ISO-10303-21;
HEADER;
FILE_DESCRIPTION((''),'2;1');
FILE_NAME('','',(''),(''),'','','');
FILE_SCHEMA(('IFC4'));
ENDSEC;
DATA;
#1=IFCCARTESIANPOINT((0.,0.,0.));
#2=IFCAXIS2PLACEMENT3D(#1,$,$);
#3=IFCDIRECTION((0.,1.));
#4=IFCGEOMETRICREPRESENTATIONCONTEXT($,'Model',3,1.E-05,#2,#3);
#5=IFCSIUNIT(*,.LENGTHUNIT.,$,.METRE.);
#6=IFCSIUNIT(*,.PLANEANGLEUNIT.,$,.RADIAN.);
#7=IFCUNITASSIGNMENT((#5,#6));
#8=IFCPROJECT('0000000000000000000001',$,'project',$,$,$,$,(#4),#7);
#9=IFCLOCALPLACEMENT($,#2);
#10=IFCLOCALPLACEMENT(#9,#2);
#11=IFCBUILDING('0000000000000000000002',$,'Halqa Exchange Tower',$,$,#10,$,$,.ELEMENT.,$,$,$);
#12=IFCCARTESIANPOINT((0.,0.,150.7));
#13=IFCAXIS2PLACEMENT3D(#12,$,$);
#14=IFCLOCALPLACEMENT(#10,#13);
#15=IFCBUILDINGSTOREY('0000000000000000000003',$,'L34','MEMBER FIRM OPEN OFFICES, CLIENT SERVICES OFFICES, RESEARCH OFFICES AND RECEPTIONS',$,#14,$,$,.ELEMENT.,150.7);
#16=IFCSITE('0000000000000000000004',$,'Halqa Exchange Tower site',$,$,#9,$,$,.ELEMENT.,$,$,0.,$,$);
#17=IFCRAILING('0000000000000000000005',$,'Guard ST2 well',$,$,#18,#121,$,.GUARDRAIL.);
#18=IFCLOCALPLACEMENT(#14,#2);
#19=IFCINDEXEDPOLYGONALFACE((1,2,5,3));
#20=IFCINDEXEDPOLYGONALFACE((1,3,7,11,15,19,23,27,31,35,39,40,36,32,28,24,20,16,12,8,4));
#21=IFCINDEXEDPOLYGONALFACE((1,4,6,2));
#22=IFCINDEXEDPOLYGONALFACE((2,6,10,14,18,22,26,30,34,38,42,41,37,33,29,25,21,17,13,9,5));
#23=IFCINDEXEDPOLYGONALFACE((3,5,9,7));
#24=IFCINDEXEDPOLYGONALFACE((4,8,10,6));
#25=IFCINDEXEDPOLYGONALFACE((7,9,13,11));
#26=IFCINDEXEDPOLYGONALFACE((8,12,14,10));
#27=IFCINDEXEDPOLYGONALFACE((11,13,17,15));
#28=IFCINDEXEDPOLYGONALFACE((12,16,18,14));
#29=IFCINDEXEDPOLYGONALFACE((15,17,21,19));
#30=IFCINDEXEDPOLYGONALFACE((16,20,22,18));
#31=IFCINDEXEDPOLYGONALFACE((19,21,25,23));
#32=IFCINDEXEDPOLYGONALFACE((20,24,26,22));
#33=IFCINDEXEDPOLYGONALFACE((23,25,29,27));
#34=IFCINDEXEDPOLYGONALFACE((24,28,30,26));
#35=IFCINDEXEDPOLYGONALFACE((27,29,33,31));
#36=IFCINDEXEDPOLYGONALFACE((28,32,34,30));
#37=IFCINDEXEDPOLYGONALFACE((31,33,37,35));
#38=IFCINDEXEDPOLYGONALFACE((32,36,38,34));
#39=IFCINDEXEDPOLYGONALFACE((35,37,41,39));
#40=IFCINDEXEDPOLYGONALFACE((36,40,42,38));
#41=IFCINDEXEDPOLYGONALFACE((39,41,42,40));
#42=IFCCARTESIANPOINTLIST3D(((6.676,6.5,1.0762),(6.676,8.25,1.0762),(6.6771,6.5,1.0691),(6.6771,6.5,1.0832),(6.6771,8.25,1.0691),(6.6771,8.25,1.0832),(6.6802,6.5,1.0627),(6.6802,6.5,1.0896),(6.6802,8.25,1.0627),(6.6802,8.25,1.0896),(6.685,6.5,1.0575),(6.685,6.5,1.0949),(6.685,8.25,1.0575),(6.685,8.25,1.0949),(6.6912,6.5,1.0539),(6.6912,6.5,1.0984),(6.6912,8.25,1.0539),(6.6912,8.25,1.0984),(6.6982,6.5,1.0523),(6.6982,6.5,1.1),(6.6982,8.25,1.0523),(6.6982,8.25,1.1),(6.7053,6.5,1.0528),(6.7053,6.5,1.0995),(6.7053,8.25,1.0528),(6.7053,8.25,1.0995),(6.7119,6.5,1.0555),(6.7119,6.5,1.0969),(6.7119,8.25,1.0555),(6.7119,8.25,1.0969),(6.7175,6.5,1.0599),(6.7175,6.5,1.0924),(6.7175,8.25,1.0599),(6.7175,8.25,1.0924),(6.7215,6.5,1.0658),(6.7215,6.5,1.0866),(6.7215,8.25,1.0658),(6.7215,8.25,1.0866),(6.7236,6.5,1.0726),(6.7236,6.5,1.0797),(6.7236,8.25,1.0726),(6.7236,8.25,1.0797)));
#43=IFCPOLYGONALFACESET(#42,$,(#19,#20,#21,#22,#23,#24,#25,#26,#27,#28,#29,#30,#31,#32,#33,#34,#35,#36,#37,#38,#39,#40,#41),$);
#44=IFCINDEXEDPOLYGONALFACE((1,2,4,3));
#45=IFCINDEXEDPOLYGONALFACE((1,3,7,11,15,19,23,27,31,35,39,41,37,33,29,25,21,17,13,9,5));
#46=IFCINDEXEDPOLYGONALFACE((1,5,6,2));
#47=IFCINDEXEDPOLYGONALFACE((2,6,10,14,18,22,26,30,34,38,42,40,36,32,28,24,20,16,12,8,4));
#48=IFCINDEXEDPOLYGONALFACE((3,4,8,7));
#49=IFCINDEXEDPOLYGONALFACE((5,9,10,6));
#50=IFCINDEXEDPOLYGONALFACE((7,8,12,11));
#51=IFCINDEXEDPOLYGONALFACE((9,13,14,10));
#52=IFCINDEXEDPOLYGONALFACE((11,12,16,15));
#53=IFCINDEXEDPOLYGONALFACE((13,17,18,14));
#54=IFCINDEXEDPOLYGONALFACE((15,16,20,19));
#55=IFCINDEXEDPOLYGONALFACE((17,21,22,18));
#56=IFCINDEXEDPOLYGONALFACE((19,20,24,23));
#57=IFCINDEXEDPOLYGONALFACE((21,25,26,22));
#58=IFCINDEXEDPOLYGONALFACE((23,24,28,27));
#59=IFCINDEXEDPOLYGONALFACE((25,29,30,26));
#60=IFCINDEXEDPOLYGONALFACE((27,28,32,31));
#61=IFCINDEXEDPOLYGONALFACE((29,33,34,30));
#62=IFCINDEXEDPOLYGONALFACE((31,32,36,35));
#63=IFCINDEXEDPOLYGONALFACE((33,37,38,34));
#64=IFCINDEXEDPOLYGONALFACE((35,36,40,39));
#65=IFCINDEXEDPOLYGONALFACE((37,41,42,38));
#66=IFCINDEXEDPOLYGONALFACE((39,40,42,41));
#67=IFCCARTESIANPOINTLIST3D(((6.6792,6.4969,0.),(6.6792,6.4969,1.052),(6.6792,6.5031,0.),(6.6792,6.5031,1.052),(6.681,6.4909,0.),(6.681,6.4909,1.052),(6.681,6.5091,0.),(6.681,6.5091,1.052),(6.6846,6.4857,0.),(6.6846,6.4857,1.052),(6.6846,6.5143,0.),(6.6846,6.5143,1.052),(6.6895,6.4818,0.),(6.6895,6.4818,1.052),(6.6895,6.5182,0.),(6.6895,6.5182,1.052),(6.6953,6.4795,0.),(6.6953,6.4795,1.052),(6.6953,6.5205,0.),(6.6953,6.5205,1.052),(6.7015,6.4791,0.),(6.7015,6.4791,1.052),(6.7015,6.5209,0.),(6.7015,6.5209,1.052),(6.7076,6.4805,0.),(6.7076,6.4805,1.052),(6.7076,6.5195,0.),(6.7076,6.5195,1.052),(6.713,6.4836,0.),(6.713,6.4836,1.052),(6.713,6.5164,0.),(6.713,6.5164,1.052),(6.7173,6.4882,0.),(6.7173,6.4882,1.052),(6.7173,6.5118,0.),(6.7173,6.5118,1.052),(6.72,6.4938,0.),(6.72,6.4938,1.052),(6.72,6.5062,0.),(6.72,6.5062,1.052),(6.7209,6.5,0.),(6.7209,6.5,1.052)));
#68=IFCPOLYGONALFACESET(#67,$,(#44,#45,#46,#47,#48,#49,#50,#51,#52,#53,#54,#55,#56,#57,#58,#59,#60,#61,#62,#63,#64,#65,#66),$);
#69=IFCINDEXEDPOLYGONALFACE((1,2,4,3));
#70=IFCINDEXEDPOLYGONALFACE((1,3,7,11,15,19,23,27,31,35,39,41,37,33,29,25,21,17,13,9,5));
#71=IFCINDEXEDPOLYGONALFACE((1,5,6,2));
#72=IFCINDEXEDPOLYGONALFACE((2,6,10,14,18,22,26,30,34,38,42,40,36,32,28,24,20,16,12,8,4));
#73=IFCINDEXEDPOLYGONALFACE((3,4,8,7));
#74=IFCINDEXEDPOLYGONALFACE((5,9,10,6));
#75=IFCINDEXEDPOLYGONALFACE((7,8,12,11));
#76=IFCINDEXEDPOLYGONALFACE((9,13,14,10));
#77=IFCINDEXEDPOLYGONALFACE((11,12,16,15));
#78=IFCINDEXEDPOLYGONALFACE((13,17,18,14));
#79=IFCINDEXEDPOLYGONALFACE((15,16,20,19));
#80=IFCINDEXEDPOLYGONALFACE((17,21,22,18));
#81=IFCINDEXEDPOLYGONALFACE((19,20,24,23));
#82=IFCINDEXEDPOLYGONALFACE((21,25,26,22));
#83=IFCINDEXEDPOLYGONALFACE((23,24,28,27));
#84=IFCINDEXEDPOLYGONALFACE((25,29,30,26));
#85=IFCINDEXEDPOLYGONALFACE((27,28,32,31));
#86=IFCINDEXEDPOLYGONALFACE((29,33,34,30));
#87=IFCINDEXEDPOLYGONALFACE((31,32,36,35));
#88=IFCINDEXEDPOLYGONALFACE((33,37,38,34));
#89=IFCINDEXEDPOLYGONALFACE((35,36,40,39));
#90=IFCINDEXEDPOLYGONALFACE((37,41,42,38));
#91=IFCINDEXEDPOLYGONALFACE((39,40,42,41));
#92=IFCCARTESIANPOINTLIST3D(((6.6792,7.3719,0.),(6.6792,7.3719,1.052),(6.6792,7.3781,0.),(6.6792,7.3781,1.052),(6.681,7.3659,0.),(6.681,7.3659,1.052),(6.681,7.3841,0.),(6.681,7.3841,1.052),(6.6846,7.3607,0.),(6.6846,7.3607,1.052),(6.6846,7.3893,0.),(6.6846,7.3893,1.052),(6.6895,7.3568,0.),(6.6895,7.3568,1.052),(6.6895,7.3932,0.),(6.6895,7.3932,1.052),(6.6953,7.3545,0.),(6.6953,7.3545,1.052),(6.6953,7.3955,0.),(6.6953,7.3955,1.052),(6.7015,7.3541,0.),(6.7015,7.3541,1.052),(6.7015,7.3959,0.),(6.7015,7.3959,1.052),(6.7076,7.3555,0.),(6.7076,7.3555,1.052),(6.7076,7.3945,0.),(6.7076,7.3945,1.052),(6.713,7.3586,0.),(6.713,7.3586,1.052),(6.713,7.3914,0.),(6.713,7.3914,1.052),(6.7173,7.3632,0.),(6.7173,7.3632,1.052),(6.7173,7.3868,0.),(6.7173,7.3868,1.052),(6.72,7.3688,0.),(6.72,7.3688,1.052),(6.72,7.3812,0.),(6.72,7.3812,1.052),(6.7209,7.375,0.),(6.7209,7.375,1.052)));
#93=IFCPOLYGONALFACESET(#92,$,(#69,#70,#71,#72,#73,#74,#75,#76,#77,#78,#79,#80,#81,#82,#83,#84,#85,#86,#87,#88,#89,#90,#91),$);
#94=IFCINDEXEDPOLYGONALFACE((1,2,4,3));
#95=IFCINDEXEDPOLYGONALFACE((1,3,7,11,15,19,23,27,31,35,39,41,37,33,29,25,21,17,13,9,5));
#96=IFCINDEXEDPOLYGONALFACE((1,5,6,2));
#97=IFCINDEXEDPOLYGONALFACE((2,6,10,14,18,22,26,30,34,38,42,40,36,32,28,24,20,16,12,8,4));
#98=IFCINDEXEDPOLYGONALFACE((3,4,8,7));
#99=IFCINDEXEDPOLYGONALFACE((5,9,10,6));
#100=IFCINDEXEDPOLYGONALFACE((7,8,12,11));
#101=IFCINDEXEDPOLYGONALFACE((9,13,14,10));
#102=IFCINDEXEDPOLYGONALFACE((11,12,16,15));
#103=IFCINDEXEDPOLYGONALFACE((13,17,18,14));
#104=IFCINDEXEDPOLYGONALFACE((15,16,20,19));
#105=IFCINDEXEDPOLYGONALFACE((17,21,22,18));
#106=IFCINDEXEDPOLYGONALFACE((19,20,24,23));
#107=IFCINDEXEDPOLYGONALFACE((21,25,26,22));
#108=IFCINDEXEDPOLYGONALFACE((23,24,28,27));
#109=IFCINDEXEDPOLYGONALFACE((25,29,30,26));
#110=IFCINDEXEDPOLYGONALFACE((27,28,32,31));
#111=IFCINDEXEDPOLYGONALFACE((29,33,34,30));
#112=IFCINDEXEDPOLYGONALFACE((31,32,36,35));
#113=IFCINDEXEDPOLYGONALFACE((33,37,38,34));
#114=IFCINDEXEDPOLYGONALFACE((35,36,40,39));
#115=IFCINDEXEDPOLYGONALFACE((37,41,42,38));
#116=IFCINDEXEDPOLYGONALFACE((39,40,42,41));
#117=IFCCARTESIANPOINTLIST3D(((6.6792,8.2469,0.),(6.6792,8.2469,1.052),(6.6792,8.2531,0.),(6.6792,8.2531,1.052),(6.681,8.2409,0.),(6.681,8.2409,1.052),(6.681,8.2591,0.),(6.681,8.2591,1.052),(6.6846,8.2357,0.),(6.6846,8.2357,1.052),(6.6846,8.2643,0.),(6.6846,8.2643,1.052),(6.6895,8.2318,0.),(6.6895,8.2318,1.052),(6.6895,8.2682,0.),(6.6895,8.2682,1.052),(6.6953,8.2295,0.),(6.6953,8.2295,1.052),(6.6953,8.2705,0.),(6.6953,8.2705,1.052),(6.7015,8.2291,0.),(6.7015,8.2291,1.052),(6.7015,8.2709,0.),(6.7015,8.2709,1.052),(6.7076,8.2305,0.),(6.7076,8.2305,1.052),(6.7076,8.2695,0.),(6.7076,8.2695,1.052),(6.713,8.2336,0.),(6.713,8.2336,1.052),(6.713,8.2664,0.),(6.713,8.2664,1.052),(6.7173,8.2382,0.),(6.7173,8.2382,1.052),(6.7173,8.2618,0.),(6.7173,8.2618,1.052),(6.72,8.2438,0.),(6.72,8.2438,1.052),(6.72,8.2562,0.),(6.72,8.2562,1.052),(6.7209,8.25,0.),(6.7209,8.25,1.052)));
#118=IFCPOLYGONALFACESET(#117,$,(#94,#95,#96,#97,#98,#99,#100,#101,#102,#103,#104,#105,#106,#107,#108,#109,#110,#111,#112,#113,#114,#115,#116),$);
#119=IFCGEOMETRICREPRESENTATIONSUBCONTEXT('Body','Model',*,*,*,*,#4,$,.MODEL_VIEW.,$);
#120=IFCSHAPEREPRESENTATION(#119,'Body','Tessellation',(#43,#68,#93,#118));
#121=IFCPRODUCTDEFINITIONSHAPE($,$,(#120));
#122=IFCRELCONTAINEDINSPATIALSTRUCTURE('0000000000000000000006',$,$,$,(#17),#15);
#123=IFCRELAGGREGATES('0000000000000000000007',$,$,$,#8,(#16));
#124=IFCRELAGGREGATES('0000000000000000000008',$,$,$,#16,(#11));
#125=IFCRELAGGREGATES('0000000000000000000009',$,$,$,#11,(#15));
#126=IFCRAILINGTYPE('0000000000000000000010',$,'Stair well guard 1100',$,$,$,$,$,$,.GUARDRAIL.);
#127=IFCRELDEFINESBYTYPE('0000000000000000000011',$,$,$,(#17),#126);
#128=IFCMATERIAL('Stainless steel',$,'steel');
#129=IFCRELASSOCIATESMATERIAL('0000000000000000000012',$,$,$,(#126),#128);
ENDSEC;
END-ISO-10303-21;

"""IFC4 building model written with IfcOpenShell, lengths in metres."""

from ifc_helpers import new_model, si_unit, direction, frame, origin, origin_2d, place, context, subcontext, project, spatial, circle, extrude, material, type_object, element, save


model = new_model("IFC4")

# Units and contexts
model_context = context("Model", 3, precision=1e-05, world=origin(), true_north=direction((0.0, 1.0)))
body_context = subcontext(model_context, "Body", "Model", "MODEL_VIEW")
ifc_project = project(units=[si_unit("LENGTHUNIT", "METRE"), si_unit("PLANEANGLEUNIT", "RADIAN")], contexts=[model_context])

# Site, building, storey
site_placement = place(None, origin())
site = spatial("IfcSite", under=ifc_project, at=site_placement, Name="Halqa Exchange Tower site", CompositionType="ELEMENT", RefElevation=0.0)
building_placement = place(site_placement, origin())
building = spatial("IfcBuilding", under=site, at=building_placement, Name="Halqa Exchange Tower", CompositionType="ELEMENT")
storey_placement = place(building_placement, frame((0.0, 0.0, 150.7)))
storey = spatial("IfcBuildingStorey", under=building, at=storey_placement, Name="L34", Description="MEMBER FIRM OPEN OFFICES, CLIENT SERVICES OFFICES, RESEARCH OFFICES AND RECEPTIONS", CompositionType="ELEMENT", Elevation=150.7)

# Railing
ifc_material_1 = material(Name="Stainless steel", Category="steel")
railing_type_1 = type_object("IfcRailingType", Name="Stair well guard 1100", PredefinedType="GUARDRAIL", material=ifc_material_1)
railing_1_placement = place(storey_placement, frame((6.7, 6.5, 0.0)))
element("IfcRailing", 1, at=railing_1_placement, inside=storey, type_object=railing_type_1, Name="Guard ST2 well", PredefinedType="GUARDRAIL", context=body_context, shape_type="SweptSolid", body=[
    extrude(circle(Radius=0.0239, at=origin_2d()), frame((0.0, 0.0, 1.0762), z_axis=(0.0, 1.0, 0.0), x_axis=(-1.0, 0.0, 0.0)), (0.0, 0.0, 1.0), 1.75),
    extrude(circle(Radius=0.021, at=origin_2d()), origin(), (0.0, 0.0, 1.0), 1.052),
    extrude(circle(Radius=0.021, at=origin_2d()), frame((0.0, 0.875, 0.0)), (0.0, 0.0, 1.0), 1.052),
    extrude(circle(Radius=0.021, at=origin_2d()), frame((0.0, 1.75, 0.0)), (0.0, 0.0, 1.0), 1.052),
])

save(model, "model.ifc")
